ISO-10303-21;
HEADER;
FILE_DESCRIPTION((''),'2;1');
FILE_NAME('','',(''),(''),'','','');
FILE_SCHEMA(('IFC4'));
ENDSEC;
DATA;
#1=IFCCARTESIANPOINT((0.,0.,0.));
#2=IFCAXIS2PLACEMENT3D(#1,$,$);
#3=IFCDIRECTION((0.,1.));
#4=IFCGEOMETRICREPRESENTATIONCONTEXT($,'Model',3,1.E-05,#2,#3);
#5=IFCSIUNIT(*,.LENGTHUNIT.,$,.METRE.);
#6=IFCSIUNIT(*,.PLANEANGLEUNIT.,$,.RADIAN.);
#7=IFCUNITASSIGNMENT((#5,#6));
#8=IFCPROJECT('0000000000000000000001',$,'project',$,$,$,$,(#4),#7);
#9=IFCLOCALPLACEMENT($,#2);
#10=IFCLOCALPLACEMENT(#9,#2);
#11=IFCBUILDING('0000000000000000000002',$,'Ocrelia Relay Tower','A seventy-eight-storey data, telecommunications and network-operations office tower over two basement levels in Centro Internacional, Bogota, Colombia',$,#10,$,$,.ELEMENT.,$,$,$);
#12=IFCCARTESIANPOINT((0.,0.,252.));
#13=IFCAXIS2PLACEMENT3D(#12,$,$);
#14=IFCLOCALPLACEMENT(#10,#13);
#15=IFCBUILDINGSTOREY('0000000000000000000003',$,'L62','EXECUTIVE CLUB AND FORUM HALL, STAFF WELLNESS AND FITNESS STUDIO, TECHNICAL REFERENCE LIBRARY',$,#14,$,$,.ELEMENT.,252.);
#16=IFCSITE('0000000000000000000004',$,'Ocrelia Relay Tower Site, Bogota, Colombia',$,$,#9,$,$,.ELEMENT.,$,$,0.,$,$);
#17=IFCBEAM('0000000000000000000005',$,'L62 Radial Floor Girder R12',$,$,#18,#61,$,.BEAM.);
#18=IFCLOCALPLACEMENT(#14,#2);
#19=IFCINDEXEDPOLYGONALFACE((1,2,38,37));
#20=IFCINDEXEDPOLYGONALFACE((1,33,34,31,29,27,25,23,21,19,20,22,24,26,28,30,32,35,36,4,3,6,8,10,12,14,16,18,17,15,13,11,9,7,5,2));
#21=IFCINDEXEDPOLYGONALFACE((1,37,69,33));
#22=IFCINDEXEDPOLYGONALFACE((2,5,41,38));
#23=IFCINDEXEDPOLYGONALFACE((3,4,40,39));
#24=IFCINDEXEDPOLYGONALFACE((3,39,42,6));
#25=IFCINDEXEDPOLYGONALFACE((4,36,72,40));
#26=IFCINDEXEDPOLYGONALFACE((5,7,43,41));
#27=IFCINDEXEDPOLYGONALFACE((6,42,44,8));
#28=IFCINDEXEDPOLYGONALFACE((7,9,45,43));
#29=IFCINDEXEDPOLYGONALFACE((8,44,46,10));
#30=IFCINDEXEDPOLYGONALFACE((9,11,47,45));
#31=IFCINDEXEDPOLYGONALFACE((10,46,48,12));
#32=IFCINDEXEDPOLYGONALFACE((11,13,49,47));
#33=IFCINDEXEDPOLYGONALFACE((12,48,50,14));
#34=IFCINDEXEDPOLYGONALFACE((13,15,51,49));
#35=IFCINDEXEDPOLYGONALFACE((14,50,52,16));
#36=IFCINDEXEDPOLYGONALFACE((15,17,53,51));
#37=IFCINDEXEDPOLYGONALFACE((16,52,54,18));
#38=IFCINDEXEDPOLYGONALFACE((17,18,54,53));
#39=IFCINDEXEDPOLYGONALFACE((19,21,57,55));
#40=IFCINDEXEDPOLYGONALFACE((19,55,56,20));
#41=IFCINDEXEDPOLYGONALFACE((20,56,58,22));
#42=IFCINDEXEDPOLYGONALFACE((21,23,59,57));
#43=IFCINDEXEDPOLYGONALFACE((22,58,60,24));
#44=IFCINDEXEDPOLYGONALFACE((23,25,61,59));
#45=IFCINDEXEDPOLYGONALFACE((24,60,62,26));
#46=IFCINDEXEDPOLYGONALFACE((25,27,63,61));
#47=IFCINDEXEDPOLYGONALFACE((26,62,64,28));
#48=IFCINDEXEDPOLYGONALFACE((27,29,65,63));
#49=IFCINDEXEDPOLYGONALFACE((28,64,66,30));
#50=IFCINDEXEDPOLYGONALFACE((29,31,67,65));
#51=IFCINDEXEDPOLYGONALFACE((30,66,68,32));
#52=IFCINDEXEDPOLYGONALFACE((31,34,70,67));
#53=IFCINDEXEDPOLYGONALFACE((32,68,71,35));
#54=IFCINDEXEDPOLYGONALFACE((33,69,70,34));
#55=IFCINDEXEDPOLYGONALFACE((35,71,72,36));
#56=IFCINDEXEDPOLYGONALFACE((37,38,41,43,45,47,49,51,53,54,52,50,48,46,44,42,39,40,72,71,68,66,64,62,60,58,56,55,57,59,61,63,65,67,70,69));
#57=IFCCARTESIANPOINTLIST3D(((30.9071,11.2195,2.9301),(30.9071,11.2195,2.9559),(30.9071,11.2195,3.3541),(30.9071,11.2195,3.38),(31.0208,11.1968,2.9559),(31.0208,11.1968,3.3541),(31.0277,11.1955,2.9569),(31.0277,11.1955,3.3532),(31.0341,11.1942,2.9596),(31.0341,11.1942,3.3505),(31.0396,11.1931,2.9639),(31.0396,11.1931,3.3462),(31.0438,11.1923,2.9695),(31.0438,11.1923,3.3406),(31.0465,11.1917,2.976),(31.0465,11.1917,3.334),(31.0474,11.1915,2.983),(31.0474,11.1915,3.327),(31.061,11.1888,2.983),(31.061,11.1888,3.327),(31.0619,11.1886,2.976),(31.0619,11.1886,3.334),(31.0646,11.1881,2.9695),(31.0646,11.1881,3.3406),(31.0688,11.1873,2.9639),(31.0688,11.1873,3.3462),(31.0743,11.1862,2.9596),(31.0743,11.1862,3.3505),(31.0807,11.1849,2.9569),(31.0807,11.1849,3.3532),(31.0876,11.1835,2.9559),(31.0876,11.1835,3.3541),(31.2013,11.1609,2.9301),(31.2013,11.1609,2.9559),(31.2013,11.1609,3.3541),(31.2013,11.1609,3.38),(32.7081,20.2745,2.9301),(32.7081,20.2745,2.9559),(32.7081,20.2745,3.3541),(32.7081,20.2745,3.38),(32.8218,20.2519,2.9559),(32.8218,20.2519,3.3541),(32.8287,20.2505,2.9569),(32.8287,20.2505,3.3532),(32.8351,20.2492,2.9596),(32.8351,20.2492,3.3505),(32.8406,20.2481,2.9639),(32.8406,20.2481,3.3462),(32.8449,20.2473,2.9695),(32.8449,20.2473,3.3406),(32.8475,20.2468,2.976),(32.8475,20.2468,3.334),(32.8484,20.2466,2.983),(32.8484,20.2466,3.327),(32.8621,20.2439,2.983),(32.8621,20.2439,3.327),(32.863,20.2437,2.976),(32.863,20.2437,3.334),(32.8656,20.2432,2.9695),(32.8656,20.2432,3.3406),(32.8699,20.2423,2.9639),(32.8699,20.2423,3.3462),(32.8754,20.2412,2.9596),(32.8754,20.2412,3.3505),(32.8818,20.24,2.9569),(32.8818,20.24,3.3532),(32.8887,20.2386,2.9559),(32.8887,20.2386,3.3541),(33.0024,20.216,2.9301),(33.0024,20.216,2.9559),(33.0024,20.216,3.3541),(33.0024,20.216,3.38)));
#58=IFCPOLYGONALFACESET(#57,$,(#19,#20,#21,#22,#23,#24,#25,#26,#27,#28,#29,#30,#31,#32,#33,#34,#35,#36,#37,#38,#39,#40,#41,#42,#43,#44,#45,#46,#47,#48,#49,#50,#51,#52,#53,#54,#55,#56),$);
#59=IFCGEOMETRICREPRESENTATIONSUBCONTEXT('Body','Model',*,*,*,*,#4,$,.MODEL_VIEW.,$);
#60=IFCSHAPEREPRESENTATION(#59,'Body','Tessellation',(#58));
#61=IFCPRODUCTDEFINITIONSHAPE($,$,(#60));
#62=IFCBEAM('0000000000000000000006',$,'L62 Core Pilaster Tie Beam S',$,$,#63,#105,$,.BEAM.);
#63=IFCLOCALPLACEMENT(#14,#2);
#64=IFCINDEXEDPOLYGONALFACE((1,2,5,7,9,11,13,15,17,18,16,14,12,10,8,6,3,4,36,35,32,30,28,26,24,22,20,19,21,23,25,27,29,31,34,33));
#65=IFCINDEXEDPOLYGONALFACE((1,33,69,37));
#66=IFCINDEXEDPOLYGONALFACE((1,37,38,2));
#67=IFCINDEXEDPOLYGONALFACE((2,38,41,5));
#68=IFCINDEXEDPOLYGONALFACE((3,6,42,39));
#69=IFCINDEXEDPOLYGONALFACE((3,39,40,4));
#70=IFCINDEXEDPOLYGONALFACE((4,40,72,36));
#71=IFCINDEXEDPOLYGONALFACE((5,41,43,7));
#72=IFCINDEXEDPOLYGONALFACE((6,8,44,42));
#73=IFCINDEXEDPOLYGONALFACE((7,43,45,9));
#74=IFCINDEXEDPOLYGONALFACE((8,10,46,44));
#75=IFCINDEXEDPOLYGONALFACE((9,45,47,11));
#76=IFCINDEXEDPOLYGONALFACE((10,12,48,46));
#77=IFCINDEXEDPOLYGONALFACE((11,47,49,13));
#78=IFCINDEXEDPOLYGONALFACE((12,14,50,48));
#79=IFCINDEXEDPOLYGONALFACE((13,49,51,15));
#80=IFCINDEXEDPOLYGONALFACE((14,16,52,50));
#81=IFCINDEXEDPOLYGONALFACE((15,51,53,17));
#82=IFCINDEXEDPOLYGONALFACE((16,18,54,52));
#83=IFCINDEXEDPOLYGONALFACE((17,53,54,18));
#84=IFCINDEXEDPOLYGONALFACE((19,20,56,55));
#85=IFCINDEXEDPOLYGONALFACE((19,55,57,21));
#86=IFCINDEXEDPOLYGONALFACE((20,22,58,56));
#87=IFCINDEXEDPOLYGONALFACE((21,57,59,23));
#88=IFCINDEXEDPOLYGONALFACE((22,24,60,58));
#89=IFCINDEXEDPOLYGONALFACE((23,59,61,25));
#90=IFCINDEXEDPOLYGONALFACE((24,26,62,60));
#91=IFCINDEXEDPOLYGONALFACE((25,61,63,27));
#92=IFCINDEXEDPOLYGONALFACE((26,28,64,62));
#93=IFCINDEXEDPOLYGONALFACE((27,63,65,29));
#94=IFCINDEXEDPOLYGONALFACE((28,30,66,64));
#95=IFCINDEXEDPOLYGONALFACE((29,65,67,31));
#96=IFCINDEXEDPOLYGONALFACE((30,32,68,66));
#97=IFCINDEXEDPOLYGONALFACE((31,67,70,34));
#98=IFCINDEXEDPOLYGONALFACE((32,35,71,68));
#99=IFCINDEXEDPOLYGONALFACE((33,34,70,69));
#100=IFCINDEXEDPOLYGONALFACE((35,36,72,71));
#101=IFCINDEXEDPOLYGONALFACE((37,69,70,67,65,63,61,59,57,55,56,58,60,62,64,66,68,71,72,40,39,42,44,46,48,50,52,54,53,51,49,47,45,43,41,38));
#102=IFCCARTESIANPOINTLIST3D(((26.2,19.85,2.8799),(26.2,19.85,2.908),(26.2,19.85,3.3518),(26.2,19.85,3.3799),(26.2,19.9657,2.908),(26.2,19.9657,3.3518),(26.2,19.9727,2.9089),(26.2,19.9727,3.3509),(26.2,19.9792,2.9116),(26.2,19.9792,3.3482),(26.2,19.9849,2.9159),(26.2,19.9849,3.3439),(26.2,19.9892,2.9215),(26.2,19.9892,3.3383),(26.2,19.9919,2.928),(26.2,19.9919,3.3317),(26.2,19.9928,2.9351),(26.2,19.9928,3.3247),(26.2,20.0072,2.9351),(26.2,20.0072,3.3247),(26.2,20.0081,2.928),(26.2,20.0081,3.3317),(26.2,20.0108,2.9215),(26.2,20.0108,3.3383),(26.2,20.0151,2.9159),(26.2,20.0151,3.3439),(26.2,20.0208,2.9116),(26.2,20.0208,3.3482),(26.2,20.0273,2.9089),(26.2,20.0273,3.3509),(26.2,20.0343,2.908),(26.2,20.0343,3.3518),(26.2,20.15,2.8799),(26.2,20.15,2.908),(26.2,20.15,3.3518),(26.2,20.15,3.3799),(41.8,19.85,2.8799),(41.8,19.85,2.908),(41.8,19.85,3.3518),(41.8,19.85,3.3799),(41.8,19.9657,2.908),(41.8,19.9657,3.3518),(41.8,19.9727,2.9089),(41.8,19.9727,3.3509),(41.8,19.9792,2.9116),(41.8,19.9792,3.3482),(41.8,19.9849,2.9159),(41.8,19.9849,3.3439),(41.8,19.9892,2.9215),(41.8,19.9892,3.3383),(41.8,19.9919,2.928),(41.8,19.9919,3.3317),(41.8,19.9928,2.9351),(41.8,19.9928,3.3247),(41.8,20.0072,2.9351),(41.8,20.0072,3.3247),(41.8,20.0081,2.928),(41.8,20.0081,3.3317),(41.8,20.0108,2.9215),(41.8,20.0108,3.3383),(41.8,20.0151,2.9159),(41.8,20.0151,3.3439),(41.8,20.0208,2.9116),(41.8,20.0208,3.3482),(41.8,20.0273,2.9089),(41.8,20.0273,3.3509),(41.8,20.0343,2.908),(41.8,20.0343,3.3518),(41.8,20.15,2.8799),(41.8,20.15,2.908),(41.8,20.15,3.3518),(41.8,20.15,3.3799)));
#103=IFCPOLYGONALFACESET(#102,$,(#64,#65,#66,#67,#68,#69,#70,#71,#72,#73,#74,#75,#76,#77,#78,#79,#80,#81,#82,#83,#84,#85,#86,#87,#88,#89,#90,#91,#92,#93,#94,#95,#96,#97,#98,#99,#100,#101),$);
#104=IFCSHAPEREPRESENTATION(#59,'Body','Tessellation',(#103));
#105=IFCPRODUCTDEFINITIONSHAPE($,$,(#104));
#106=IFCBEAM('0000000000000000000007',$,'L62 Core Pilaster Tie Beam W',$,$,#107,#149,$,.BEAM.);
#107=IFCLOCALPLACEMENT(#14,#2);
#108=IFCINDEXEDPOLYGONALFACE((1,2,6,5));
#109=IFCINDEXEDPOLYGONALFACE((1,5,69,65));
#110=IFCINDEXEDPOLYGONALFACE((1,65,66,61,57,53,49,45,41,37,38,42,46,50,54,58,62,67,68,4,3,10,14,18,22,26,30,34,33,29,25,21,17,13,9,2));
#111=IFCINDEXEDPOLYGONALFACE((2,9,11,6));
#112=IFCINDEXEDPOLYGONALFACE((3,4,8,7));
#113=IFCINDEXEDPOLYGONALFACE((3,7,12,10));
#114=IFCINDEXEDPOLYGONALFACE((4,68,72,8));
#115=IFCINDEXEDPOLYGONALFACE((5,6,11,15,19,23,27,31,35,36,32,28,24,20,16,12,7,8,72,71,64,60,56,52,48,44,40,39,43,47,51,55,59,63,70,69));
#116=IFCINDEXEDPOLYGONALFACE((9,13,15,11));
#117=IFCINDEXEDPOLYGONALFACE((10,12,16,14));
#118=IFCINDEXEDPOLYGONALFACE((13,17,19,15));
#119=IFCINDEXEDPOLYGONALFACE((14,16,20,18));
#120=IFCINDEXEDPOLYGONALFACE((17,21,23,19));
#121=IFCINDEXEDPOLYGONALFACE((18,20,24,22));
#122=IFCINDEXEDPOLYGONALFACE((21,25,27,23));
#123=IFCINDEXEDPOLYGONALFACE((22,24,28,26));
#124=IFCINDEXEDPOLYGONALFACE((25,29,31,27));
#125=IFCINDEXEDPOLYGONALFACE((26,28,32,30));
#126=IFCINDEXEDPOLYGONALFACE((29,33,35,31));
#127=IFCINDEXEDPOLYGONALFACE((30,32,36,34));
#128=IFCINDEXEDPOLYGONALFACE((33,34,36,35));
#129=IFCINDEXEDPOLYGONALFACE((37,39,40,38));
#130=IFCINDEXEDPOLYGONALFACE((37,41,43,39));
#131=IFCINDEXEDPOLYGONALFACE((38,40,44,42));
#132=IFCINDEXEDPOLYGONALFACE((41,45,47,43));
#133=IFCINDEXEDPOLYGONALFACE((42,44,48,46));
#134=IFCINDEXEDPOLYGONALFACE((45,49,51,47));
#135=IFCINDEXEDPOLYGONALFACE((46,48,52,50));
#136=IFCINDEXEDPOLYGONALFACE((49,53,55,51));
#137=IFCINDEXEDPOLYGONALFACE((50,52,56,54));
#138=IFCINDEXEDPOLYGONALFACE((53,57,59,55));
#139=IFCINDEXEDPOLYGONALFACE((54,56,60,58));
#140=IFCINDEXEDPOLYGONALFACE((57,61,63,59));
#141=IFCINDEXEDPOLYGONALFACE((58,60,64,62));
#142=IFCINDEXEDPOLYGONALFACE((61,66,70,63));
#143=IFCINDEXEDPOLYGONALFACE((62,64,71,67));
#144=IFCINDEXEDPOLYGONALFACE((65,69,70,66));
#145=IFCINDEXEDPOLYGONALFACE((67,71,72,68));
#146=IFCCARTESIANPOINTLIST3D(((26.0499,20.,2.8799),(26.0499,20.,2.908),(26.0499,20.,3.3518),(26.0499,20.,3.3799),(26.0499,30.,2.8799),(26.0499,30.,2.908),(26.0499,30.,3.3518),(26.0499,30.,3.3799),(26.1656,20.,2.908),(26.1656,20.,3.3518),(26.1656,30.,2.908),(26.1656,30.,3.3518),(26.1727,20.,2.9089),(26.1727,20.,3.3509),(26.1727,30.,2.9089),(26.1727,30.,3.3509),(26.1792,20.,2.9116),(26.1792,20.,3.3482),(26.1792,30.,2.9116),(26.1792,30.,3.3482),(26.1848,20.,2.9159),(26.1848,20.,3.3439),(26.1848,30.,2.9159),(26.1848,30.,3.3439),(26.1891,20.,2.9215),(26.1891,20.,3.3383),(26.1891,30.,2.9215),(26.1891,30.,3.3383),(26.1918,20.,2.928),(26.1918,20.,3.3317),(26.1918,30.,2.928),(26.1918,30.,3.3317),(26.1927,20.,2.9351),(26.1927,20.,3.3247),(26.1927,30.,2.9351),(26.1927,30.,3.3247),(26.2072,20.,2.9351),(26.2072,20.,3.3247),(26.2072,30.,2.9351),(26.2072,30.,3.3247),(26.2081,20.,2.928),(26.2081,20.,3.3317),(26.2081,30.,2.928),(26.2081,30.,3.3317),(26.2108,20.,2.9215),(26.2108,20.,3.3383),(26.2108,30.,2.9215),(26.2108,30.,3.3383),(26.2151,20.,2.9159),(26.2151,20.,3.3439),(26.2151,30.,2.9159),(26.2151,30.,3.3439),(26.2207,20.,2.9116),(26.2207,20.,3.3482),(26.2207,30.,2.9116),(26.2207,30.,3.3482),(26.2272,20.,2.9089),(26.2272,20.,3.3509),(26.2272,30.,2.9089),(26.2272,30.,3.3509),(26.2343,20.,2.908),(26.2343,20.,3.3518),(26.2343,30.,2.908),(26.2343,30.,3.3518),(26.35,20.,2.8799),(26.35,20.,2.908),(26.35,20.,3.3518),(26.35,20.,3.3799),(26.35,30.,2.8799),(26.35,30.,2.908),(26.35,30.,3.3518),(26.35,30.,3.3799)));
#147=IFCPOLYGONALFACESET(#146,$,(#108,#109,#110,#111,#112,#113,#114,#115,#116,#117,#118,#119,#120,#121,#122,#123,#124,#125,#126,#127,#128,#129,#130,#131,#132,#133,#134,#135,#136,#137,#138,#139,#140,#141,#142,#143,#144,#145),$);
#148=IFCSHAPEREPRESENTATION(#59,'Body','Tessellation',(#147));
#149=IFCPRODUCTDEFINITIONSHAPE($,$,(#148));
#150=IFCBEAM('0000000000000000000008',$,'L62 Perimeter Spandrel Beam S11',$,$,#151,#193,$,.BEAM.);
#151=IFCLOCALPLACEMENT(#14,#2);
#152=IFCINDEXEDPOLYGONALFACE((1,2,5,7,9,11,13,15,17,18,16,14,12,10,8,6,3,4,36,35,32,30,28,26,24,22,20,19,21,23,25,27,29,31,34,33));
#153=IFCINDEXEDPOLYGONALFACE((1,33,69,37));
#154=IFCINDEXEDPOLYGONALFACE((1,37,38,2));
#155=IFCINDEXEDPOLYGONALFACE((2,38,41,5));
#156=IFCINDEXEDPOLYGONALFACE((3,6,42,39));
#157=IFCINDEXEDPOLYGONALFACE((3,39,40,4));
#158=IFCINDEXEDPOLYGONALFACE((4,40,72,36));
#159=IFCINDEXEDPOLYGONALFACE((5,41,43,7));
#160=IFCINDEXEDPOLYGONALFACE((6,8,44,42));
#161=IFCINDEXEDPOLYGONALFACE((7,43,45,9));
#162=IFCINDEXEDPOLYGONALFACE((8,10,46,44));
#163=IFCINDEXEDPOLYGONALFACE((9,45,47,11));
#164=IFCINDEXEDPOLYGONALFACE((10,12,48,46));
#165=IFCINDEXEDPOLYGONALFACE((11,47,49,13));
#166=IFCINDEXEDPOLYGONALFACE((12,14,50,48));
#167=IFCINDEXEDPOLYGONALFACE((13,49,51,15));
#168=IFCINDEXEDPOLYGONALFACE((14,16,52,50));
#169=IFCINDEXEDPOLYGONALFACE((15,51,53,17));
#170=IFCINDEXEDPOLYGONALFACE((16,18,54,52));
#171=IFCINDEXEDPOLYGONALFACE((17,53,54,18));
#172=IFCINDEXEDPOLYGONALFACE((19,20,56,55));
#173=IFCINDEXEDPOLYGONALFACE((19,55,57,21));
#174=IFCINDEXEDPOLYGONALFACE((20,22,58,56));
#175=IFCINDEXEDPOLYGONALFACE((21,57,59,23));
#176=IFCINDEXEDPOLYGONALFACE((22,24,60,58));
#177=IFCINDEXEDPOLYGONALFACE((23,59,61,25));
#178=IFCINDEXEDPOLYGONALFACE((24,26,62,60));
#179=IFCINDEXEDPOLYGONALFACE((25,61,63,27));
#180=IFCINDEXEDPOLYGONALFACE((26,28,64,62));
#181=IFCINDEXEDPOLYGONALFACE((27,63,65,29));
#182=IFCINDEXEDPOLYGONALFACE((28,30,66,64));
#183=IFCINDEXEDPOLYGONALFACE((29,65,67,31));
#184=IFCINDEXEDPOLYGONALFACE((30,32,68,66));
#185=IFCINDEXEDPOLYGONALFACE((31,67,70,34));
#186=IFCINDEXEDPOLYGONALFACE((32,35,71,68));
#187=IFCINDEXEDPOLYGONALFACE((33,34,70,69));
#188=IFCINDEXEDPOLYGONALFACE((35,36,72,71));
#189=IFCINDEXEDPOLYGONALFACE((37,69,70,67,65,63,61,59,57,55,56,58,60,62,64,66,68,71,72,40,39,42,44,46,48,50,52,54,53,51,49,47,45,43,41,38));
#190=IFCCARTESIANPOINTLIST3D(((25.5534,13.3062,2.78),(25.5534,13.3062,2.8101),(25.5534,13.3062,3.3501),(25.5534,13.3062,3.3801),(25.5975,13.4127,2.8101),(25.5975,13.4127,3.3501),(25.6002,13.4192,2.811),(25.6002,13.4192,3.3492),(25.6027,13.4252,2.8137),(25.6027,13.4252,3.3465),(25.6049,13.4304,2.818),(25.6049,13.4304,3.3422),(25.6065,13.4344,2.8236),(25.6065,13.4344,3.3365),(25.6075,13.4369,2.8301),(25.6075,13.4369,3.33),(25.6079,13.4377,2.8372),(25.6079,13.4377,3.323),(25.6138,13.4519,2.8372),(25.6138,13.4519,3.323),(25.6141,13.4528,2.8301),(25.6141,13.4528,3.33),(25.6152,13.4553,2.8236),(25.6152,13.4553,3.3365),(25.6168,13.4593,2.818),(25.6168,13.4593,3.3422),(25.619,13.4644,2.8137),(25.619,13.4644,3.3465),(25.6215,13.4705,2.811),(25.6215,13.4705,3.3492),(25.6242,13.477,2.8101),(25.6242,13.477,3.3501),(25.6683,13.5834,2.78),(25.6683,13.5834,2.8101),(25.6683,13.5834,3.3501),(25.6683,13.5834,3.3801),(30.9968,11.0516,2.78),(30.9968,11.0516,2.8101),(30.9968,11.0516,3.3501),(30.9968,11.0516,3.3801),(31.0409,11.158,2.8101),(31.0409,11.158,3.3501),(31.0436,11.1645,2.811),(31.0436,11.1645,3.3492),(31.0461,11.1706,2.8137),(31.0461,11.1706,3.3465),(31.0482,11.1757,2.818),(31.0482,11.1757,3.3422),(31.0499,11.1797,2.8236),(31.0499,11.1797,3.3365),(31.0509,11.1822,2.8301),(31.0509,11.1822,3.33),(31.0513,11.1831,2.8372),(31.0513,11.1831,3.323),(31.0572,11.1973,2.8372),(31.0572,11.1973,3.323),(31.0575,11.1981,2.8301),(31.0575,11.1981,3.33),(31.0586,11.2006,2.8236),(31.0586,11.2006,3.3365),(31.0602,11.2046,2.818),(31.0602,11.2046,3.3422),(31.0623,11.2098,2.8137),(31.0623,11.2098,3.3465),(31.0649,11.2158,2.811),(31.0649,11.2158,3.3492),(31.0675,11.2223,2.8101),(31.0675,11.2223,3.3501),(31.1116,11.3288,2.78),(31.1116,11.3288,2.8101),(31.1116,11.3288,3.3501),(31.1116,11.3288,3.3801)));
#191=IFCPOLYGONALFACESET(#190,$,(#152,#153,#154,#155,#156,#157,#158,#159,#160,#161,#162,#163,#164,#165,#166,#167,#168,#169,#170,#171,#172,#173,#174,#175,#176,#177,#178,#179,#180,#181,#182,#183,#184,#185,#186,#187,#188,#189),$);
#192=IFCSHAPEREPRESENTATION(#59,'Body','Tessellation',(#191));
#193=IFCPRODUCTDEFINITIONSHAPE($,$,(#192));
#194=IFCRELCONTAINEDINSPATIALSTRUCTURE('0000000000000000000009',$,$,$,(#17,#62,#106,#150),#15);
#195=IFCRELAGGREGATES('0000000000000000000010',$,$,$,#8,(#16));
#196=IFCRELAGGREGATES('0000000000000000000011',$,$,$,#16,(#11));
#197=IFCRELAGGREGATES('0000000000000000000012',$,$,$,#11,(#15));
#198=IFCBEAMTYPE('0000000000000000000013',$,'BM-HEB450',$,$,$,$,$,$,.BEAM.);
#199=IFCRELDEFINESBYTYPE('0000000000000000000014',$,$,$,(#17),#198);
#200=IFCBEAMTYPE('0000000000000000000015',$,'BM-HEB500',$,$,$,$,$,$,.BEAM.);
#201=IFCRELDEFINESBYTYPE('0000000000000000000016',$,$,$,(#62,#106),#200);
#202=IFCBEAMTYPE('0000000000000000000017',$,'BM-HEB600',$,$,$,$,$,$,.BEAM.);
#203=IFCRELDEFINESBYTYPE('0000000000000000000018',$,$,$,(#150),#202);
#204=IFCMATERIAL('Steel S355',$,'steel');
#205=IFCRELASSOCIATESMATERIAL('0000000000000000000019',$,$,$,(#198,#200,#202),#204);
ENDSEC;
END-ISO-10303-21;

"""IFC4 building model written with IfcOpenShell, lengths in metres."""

from ifc_helpers import new_model, si_unit, direction, frame, origin, origin_2d, place, context, subcontext, project, spatial, i_section, extrude, material, material_profile, profile_set, type_object, element, save


model = new_model("IFC4")

# Units and contexts
model_context = context("Model", 3, precision=1e-05, world=origin(), true_north=direction((0.0, 1.0)))
body_context = subcontext(model_context, "Body", "Model", "MODEL_VIEW")
ifc_project = project(units=[si_unit("LENGTHUNIT", "METRE"), si_unit("PLANEANGLEUNIT", "RADIAN")], contexts=[model_context])

# Site, building, storey
site_placement = place(None, origin())
site = spatial("IfcSite", under=ifc_project, at=site_placement, Name="Ocrelia Relay Tower Site, Bogota, Colombia", CompositionType="ELEMENT", RefElevation=0.0)
building_placement = place(site_placement, origin())
building = spatial("IfcBuilding", under=site, at=building_placement, Name="Ocrelia Relay Tower", Description="A seventy-eight-storey data, telecommunications and network-operations office tower over two basement levels in Centro Internacional, Bogota, Colombia", CompositionType="ELEMENT")
storey_placement = place(building_placement, frame((0.0, 0.0, 252.0)))
storey = spatial("IfcBuildingStorey", under=building, at=storey_placement, Name="L62", Description="EXECUTIVE CLUB AND FORUM HALL, STAFF WELLNESS AND FITNESS STUDIO, TECHNICAL REFERENCE LIBRARY", CompositionType="ELEMENT", Elevation=252.0)

# Beams
ifc_material_1 = material(Name="Steel S355", Category="steel")
ifc_material_profile_1 = material_profile(ifc_material_1, i_section(OverallWidth=0.3, OverallDepth=0.45, WebThickness=0.0139, FlangeThickness=0.0259, FilletRadius=0.0271, at=origin_2d()), Name="HEB 450")
ifc_profile_set_1 = profile_set([ifc_material_profile_1], Name="Steel S355")
beam_type_1 = type_object("IfcBeamType", Name="BM-HEB450", PredefinedType="BEAM", material=ifc_profile_set_1)
beam_1_placement = place(storey_placement, frame((31.0542, 11.1902, 3.155), z_axis=(0.195079, 0.980788, 0.0), x_axis=(-0.980788, 0.195079, 0.0)))
element("IfcBeam", 1, at=beam_1_placement, inside=storey, type_object=beam_type_1, Name="L62 Radial Floor Girder R12", PredefinedType="BEAM", context=body_context, shape_type="SweptSolid", body=[
    extrude(i_section(OverallWidth=0.3, OverallDepth=0.45, WebThickness=0.0139, FlangeThickness=0.0259, FilletRadius=0.0271, at=origin_2d()), origin(), (0.0, 0.0, 1.0), 9.2324),
])
ifc_material_profile_2 = material_profile(ifc_material_1, i_section(OverallWidth=0.3, OverallDepth=0.5, WebThickness=0.0144, FlangeThickness=0.0281, FilletRadius=0.0271, at=origin_2d()), Name="HEB 500")
ifc_profile_set_2 = profile_set([ifc_material_profile_2], Name="Steel S355")
beam_type_2 = type_object("IfcBeamType", Name="BM-HEB500", PredefinedType="BEAM", material=ifc_profile_set_2)
beam_2_placement = place(storey_placement, frame((26.2, 20.0, 3.1299), z_axis=(1.0, 0.0, 0.0), x_axis=(0.0, 1.0, 0.0)))
element("IfcBeam", 2, at=beam_2_placement, inside=storey, type_object=beam_type_2, Name="L62 Core Pilaster Tie Beam S", PredefinedType="BEAM", context=body_context, shape_type="SweptSolid", body=[
    extrude(i_section(OverallWidth=0.3, OverallDepth=0.5, WebThickness=0.0144, FlangeThickness=0.0281, FilletRadius=0.0271, at=origin_2d()), origin(), (0.0, 0.0, 1.0), 15.6001),
])
beam_3_placement = place(storey_placement, frame((26.2, 20.0, 3.1299), z_axis=(0.0, 1.0, 0.0), x_axis=(-1.0, 0.0, 0.0)))
element("IfcBeam", 3, at=beam_3_placement, inside=storey, type_object=beam_type_2, Name="L62 Core Pilaster Tie Beam W", PredefinedType="BEAM", context=body_context, shape_type="SweptSolid", body=[
    extrude(i_section(OverallWidth=0.3, OverallDepth=0.5, WebThickness=0.0144, FlangeThickness=0.0281, FilletRadius=0.0271, at=origin_2d()), origin(), (0.0, 0.0, 1.0), 10.0),
])
ifc_material_profile_3 = material_profile(ifc_material_1, i_section(OverallWidth=0.3, OverallDepth=0.6001, WebThickness=0.0154, FlangeThickness=0.03, FilletRadius=0.0271, at=origin_2d()), Name="HEB 600")
ifc_profile_set_3 = profile_set([ifc_material_profile_3], Name="Steel S355")
beam_type_3 = type_object("IfcBeamType", Name="BM-HEB600", PredefinedType="BEAM", material=ifc_profile_set_3)
beam_4_placement = place(storey_placement, frame((25.6108, 13.4448, 3.0801), z_axis=(0.923884, -0.382673, 0.0), x_axis=(0.382673, 0.923884, 0.0)))
element("IfcBeam", 4, at=beam_4_placement, inside=storey, type_object=beam_type_3, Name="L62 Perimeter Spandrel Beam S11", PredefinedType="BEAM", context=body_context, shape_type="SweptSolid", body=[
    extrude(i_section(OverallWidth=0.3, OverallDepth=0.6001, WebThickness=0.0154, FlangeThickness=0.03, FilletRadius=0.0271, at=origin_2d()), origin(), (0.0, 0.0, 1.0), 5.8918),
])

save(model, "model.ifc")
